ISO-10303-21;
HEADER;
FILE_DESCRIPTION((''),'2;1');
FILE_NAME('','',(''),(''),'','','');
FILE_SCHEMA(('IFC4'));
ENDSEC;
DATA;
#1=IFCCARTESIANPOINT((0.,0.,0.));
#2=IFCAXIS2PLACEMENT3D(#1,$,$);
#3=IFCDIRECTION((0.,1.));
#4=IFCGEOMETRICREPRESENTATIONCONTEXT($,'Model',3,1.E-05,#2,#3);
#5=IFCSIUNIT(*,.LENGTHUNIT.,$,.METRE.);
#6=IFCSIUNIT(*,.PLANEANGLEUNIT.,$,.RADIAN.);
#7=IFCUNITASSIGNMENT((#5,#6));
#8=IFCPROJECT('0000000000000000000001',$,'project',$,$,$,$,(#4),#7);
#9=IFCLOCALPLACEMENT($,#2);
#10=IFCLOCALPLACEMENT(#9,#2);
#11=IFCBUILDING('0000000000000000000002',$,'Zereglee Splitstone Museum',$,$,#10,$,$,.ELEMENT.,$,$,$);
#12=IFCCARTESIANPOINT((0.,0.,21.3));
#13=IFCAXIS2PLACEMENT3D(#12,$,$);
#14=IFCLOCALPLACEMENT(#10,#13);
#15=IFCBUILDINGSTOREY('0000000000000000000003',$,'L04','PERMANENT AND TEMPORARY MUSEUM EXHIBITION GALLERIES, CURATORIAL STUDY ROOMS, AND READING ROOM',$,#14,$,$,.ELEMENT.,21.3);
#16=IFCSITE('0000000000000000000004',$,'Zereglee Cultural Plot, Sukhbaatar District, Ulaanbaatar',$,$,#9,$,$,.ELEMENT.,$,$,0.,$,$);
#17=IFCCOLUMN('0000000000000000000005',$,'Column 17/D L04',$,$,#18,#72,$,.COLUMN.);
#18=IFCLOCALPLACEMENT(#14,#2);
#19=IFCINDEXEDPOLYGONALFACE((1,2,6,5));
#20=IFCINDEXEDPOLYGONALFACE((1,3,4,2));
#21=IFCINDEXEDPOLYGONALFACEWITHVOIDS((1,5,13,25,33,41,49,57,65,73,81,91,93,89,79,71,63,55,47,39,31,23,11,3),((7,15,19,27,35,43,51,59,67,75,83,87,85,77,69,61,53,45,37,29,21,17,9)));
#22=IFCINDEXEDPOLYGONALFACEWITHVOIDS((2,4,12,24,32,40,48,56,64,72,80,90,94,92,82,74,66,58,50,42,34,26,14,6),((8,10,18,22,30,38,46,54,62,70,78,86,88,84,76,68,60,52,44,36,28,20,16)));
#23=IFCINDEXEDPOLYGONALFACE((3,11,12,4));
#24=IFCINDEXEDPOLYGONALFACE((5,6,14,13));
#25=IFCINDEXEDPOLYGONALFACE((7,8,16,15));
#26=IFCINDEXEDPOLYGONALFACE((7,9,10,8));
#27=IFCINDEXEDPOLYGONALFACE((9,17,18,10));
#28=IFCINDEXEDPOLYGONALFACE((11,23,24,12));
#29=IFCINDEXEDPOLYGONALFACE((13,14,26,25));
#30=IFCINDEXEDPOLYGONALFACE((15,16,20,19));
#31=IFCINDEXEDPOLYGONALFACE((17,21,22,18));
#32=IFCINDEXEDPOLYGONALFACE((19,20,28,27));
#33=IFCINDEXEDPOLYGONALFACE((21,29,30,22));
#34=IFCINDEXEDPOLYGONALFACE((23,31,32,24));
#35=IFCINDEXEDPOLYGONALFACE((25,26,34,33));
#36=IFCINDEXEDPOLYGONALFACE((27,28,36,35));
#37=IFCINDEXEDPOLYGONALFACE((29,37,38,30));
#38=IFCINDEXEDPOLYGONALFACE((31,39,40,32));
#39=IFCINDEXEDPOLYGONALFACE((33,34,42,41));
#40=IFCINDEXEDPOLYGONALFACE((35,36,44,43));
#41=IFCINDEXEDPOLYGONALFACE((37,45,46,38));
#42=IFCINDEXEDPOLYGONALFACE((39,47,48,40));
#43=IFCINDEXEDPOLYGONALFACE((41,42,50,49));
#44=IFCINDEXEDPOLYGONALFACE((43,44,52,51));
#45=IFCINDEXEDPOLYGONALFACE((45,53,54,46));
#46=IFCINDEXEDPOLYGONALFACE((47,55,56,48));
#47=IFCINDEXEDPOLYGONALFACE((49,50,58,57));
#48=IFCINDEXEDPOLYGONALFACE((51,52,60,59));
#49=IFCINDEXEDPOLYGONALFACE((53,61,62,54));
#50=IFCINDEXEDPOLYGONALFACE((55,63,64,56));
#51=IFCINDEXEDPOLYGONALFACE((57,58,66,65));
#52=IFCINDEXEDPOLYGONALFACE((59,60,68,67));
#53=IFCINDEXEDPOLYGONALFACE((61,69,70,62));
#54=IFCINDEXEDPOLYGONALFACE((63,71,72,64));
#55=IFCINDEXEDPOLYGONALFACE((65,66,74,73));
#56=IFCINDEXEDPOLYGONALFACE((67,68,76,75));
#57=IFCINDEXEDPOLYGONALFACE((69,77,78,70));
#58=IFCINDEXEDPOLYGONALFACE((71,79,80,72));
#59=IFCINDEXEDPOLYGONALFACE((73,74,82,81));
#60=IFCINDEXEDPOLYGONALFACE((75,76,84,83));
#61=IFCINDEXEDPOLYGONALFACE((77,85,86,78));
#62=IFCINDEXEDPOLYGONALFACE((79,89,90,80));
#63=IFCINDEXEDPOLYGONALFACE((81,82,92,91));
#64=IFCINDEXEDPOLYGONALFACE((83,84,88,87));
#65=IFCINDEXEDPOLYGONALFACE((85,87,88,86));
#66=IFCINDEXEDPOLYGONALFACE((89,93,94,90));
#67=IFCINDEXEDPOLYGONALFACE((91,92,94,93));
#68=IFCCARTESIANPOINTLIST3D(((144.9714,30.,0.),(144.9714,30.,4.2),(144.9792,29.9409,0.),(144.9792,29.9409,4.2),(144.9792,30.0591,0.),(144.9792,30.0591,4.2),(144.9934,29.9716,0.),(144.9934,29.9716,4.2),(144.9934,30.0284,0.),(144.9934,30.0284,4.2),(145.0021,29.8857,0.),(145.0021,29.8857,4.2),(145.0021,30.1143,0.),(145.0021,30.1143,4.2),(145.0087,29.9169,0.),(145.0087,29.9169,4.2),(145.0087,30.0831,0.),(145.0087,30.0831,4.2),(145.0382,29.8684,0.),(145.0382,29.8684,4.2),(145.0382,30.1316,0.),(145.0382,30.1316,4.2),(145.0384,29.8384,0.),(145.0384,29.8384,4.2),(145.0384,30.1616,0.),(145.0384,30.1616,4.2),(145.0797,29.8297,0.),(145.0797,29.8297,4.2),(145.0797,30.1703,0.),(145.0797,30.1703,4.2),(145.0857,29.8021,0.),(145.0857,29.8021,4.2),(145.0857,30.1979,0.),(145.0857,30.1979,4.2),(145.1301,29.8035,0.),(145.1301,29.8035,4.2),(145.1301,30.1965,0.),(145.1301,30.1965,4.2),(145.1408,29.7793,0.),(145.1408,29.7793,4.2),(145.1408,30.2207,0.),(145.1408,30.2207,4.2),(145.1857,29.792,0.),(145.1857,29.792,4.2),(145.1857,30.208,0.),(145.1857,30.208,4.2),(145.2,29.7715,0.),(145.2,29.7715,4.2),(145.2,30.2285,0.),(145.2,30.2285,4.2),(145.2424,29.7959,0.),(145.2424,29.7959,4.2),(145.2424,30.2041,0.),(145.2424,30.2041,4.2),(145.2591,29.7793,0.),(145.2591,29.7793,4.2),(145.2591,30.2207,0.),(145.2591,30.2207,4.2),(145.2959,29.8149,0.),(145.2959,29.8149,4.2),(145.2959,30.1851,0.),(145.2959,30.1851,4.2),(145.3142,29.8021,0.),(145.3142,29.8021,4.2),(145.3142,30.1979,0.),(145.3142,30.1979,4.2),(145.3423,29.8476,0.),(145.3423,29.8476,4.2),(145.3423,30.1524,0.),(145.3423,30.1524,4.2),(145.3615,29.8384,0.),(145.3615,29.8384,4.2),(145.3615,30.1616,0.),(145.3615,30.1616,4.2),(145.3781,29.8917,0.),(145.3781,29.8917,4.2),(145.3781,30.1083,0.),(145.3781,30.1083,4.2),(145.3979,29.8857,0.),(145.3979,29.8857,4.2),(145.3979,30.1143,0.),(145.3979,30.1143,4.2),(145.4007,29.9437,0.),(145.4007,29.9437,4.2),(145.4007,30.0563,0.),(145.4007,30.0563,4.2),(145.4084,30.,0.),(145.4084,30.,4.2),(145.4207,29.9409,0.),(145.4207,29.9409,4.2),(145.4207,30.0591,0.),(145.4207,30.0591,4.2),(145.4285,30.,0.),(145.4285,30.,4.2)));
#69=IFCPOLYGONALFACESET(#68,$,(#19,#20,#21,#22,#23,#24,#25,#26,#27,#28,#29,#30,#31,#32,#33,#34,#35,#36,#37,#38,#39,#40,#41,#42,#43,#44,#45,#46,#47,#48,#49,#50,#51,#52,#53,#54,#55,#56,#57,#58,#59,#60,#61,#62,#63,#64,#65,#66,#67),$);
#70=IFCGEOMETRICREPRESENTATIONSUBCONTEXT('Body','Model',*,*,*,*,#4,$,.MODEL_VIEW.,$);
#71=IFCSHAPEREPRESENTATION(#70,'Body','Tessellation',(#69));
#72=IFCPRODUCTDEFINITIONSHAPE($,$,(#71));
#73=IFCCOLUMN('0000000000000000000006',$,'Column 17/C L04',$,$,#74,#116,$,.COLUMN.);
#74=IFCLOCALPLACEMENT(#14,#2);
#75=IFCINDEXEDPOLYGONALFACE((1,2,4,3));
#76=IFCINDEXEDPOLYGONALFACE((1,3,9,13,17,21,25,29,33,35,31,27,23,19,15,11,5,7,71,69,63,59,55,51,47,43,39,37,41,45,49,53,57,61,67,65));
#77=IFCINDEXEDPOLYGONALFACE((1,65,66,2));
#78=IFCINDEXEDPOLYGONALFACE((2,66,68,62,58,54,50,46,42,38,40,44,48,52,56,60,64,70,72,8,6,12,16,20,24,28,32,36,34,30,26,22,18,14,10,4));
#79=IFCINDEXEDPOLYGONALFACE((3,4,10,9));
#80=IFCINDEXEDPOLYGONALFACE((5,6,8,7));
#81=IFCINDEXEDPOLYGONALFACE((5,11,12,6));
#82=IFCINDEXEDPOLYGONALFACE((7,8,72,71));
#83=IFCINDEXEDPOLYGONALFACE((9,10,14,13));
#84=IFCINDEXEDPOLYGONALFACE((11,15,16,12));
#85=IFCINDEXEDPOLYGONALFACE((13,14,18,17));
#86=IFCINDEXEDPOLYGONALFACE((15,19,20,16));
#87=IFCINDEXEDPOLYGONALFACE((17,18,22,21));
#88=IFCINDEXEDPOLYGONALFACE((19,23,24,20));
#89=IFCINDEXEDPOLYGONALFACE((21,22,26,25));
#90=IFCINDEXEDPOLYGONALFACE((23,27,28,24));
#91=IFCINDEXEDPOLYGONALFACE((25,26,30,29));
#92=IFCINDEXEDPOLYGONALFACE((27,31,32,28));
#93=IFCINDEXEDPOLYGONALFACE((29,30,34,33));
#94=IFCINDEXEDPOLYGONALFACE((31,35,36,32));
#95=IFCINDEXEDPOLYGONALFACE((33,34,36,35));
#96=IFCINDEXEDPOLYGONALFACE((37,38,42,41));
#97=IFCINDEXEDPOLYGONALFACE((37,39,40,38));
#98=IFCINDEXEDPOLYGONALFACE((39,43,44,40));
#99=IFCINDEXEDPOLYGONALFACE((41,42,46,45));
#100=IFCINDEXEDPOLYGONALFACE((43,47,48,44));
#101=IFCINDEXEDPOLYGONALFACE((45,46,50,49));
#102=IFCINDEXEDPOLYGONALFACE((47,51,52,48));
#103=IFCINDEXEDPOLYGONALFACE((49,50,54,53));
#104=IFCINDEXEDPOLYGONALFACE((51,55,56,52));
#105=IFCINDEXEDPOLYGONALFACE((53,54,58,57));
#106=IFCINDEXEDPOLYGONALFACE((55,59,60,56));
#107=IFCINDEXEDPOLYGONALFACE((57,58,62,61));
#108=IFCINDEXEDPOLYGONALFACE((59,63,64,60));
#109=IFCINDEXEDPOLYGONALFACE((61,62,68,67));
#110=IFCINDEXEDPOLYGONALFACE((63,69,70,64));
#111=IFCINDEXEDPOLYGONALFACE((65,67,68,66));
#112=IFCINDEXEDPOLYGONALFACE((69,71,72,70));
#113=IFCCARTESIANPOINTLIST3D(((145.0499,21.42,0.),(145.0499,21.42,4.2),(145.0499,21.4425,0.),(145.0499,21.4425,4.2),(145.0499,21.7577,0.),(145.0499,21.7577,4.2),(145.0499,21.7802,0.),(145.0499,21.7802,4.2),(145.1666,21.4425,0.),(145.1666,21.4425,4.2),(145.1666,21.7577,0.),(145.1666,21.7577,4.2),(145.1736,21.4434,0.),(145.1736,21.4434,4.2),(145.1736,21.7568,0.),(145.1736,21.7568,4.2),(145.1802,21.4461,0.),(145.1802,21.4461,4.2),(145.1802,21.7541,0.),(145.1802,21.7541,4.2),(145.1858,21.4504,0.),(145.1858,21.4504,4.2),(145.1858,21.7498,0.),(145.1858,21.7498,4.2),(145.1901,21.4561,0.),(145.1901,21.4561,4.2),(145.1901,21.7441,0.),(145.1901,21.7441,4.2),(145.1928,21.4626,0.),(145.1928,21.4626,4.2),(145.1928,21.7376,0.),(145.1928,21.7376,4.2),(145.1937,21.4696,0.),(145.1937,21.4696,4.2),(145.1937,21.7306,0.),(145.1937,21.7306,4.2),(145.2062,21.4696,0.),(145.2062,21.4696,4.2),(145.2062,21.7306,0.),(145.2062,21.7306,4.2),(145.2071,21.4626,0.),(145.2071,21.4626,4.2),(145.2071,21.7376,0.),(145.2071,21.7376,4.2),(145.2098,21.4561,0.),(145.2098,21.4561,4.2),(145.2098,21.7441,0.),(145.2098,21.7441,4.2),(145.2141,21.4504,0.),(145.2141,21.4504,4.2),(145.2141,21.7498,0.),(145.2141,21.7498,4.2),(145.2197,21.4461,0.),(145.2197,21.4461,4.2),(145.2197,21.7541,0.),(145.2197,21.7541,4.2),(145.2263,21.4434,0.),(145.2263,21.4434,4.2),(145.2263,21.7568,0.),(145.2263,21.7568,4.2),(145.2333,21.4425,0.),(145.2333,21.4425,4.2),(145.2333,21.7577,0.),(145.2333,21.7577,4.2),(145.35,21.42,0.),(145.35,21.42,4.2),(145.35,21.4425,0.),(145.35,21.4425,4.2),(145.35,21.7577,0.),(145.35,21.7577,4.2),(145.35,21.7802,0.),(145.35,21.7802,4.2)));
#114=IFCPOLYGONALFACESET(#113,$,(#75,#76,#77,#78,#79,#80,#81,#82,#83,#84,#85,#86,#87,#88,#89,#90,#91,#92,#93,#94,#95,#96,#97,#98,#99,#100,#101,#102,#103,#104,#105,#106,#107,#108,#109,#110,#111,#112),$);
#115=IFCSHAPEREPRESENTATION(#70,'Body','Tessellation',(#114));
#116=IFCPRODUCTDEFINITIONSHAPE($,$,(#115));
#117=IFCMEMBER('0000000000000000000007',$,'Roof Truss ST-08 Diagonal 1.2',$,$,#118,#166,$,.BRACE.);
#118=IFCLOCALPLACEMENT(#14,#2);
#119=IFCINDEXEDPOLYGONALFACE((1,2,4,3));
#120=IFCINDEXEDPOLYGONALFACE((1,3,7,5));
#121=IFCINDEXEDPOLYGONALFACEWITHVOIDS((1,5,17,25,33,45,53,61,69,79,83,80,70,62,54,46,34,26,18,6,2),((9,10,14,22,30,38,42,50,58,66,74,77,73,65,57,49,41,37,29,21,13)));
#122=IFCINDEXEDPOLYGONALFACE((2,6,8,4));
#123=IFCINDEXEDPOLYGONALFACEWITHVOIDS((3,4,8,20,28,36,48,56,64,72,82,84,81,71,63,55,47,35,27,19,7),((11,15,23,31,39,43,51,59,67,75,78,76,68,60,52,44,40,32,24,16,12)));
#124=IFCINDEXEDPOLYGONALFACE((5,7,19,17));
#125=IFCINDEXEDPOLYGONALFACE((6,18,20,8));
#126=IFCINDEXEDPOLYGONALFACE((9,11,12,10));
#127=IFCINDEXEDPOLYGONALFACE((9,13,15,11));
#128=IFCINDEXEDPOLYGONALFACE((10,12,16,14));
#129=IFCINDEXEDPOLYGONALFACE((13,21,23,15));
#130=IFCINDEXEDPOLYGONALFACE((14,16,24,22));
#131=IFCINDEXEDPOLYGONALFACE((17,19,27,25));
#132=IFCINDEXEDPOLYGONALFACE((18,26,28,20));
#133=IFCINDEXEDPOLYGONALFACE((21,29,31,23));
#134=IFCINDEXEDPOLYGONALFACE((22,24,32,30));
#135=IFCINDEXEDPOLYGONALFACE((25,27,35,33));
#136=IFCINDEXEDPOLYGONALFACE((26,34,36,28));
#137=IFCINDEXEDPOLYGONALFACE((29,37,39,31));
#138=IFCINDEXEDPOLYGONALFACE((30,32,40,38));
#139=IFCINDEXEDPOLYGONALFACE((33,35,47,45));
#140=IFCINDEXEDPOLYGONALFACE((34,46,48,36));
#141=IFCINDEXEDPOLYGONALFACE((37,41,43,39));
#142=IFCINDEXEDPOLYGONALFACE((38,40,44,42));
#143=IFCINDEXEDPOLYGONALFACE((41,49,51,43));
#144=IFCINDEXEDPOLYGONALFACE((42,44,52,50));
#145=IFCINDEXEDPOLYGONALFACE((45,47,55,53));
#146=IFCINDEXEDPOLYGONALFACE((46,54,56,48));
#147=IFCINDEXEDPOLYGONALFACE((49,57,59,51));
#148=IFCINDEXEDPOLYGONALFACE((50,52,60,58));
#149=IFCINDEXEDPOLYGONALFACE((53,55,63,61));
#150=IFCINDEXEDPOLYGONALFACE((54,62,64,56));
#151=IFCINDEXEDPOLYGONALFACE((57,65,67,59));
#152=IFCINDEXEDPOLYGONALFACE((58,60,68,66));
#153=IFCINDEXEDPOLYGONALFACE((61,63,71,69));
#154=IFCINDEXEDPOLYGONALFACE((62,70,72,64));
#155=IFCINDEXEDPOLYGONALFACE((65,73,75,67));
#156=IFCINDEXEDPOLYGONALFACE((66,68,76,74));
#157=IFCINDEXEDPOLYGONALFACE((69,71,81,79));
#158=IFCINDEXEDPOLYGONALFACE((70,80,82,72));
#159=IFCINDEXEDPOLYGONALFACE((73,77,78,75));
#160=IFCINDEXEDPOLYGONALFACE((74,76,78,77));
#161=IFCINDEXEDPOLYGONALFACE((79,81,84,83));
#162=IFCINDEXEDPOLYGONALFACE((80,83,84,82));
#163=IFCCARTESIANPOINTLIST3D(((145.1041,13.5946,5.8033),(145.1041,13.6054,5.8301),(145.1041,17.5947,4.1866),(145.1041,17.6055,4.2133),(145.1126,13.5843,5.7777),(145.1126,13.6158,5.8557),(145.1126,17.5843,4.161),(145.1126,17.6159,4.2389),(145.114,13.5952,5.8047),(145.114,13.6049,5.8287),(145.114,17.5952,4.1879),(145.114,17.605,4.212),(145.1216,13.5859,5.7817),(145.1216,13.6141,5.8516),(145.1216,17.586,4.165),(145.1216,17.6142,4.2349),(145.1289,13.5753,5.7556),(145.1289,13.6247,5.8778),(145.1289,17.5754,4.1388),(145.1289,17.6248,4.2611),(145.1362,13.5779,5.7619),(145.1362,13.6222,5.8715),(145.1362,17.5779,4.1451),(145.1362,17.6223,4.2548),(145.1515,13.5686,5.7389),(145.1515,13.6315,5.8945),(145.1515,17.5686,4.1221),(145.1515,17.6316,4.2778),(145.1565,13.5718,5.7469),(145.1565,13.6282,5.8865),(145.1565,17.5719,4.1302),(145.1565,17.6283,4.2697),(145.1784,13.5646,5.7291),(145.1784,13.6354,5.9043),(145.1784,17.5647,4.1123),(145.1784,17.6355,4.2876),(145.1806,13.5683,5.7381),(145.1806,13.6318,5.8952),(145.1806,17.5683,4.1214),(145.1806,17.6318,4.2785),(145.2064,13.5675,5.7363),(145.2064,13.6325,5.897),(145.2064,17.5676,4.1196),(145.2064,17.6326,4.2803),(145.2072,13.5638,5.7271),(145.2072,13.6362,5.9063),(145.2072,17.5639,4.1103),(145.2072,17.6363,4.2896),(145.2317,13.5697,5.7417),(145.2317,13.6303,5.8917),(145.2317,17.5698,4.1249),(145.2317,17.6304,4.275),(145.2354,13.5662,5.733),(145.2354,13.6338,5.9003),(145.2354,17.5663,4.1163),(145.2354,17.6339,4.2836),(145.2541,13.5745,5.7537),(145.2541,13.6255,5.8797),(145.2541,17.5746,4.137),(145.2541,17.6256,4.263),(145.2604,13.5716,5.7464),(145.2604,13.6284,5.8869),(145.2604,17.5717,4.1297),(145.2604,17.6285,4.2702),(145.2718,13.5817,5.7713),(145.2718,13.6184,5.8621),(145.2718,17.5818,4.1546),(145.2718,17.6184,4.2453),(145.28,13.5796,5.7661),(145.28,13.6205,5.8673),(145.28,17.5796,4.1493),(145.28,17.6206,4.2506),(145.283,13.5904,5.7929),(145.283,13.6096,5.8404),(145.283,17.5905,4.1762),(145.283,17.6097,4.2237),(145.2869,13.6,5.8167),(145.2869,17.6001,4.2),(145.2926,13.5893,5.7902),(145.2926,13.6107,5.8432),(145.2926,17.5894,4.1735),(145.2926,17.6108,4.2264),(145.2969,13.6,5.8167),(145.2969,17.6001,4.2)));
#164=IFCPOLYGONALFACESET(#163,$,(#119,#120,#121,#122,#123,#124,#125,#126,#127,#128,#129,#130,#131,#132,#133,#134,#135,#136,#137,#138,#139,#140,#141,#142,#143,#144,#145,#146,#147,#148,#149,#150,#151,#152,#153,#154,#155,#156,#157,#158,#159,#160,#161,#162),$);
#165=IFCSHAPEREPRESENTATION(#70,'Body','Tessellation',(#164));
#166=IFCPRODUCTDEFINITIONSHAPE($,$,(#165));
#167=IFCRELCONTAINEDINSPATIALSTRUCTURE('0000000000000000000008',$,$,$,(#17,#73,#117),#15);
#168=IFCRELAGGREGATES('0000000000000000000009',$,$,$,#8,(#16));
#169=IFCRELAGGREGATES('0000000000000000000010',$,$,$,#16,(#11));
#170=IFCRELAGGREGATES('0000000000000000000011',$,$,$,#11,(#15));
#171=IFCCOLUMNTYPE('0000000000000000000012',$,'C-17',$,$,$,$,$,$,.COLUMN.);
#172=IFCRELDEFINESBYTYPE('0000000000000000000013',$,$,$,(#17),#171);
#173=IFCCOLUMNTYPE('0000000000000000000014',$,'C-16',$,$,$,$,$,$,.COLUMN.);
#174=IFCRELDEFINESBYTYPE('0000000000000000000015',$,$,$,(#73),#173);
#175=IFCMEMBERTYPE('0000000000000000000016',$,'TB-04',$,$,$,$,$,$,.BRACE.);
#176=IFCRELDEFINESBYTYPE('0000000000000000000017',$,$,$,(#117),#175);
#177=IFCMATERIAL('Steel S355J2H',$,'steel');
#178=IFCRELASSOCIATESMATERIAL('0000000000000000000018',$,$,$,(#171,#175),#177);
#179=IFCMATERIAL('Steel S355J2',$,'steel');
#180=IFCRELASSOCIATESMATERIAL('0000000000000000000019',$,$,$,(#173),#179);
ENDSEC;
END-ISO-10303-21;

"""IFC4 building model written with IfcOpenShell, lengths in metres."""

from ifc_helpers import new_model, si_unit, direction, frame, origin, origin_2d, place, context, subcontext, project, spatial, hollow_circle, i_section, extrude, material, material_profile, profile_set, type_object, element, save


model = new_model("IFC4")

# Units and contexts
model_context = context("Model", 3, precision=1e-05, world=origin(), true_north=direction((0.0, 1.0)))
body_context = subcontext(model_context, "Body", "Model", "MODEL_VIEW")
ifc_project = project(units=[si_unit("LENGTHUNIT", "METRE"), si_unit("PLANEANGLEUNIT", "RADIAN")], contexts=[model_context])

# Site, building, storey
site_placement = place(None, origin())
site = spatial("IfcSite", under=ifc_project, at=site_placement, Name="Zereglee Cultural Plot, Sukhbaatar District, Ulaanbaatar", CompositionType="ELEMENT", RefElevation=0.0)
building_placement = place(site_placement, origin())
building = spatial("IfcBuilding", under=site, at=building_placement, Name="Zereglee Splitstone Museum", CompositionType="ELEMENT")
storey_placement = place(building_placement, frame((0.0, 0.0, 21.3)))
storey = spatial("IfcBuildingStorey", under=building, at=storey_placement, Name="L04", Description="PERMANENT AND TEMPORARY MUSEUM EXHIBITION GALLERIES, CURATORIAL STUDY ROOMS, AND READING ROOM", CompositionType="ELEMENT", Elevation=21.3)

# Columns
ifc_material_1 = material(Name="Steel S355J2H", Category="steel")
ifc_material_profile_1 = material_profile(ifc_material_1, hollow_circle(Radius=0.2285, WallThickness=0.02, at=origin_2d()), Name="CHS 457.0x20")
ifc_profile_set_1 = profile_set([ifc_material_profile_1], Name="Steel S355J2H")
column_type_1 = type_object("IfcColumnType", Name="C-17", PredefinedType="COLUMN", material=ifc_profile_set_1)
column_1_placement = place(storey_placement, frame((145.2, 30.0, 0.0), z_axis=(0.0, 0.0, 1.0), x_axis=(1.0, 0.0, 0.0)))
element("IfcColumn", 1, at=column_1_placement, inside=storey, type_object=column_type_1, Name="Column 17/D L04", PredefinedType="COLUMN", context=body_context, shape_type="SweptSolid", body=[
    extrude(hollow_circle(Radius=0.2285, WallThickness=0.02, at=origin_2d()), origin(), (0.0, 0.0, 1.0), 4.2),
])
ifc_material_2 = material(Name="Steel S355J2", Category="steel")
ifc_material_profile_2 = material_profile(ifc_material_2, i_section(OverallWidth=0.3, OverallDepth=0.3601, WebThickness=0.0125, FlangeThickness=0.0225, FilletRadius=0.0271, at=origin_2d()), Name="HE 360 B")
ifc_profile_set_2 = profile_set([ifc_material_profile_2], Name="Steel S355J2")
column_type_2 = type_object("IfcColumnType", Name="C-16", PredefinedType="COLUMN", material=ifc_profile_set_2)
column_2_placement = place(storey_placement, frame((145.2, 21.6001, 0.0), z_axis=(0.0, 0.0, 1.0), x_axis=(1.0, 0.0, 0.0)))
element("IfcColumn", 2, at=column_2_placement, inside=storey, type_object=column_type_2, Name="Column 17/C L04", PredefinedType="COLUMN", context=body_context, shape_type="SweptSolid", body=[
    extrude(i_section(OverallWidth=0.3, OverallDepth=0.3601, WebThickness=0.0125, FlangeThickness=0.0225, FilletRadius=0.0271, at=origin_2d()), origin(), (0.0, 0.0, 1.0), 4.2),
])

# Member
ifc_material_profile_3 = material_profile(ifc_material_1, hollow_circle(Radius=0.0969, WallThickness=0.01, at=origin_2d()), Name="CHS 193.7x10")
ifc_profile_set_3 = profile_set([ifc_material_profile_3], Name="Steel S355J2H")
member_type_1 = type_object("IfcMemberType", Name="TB-04", PredefinedType="BRACE", material=ifc_profile_set_3)
member_1_placement = place(storey_placement, frame((145.2, 17.6001, 4.2), z_axis=(0.0, -0.927136, 0.374725), x_axis=(1.0, 0.0, 0.0)))
element("IfcMember", 3, at=member_1_placement, inside=storey, type_object=member_type_1, Name="Roof Truss ST-08 Diagonal 1.2", PredefinedType="BRACE", context=body_context, shape_type="SweptSolid", body=[
    extrude(hollow_circle(Radius=0.0969, WallThickness=0.01, at=origin_2d()), origin(), (0.0, 0.0, 1.0), 4.3145),
])

save(model, "model.ifc")
